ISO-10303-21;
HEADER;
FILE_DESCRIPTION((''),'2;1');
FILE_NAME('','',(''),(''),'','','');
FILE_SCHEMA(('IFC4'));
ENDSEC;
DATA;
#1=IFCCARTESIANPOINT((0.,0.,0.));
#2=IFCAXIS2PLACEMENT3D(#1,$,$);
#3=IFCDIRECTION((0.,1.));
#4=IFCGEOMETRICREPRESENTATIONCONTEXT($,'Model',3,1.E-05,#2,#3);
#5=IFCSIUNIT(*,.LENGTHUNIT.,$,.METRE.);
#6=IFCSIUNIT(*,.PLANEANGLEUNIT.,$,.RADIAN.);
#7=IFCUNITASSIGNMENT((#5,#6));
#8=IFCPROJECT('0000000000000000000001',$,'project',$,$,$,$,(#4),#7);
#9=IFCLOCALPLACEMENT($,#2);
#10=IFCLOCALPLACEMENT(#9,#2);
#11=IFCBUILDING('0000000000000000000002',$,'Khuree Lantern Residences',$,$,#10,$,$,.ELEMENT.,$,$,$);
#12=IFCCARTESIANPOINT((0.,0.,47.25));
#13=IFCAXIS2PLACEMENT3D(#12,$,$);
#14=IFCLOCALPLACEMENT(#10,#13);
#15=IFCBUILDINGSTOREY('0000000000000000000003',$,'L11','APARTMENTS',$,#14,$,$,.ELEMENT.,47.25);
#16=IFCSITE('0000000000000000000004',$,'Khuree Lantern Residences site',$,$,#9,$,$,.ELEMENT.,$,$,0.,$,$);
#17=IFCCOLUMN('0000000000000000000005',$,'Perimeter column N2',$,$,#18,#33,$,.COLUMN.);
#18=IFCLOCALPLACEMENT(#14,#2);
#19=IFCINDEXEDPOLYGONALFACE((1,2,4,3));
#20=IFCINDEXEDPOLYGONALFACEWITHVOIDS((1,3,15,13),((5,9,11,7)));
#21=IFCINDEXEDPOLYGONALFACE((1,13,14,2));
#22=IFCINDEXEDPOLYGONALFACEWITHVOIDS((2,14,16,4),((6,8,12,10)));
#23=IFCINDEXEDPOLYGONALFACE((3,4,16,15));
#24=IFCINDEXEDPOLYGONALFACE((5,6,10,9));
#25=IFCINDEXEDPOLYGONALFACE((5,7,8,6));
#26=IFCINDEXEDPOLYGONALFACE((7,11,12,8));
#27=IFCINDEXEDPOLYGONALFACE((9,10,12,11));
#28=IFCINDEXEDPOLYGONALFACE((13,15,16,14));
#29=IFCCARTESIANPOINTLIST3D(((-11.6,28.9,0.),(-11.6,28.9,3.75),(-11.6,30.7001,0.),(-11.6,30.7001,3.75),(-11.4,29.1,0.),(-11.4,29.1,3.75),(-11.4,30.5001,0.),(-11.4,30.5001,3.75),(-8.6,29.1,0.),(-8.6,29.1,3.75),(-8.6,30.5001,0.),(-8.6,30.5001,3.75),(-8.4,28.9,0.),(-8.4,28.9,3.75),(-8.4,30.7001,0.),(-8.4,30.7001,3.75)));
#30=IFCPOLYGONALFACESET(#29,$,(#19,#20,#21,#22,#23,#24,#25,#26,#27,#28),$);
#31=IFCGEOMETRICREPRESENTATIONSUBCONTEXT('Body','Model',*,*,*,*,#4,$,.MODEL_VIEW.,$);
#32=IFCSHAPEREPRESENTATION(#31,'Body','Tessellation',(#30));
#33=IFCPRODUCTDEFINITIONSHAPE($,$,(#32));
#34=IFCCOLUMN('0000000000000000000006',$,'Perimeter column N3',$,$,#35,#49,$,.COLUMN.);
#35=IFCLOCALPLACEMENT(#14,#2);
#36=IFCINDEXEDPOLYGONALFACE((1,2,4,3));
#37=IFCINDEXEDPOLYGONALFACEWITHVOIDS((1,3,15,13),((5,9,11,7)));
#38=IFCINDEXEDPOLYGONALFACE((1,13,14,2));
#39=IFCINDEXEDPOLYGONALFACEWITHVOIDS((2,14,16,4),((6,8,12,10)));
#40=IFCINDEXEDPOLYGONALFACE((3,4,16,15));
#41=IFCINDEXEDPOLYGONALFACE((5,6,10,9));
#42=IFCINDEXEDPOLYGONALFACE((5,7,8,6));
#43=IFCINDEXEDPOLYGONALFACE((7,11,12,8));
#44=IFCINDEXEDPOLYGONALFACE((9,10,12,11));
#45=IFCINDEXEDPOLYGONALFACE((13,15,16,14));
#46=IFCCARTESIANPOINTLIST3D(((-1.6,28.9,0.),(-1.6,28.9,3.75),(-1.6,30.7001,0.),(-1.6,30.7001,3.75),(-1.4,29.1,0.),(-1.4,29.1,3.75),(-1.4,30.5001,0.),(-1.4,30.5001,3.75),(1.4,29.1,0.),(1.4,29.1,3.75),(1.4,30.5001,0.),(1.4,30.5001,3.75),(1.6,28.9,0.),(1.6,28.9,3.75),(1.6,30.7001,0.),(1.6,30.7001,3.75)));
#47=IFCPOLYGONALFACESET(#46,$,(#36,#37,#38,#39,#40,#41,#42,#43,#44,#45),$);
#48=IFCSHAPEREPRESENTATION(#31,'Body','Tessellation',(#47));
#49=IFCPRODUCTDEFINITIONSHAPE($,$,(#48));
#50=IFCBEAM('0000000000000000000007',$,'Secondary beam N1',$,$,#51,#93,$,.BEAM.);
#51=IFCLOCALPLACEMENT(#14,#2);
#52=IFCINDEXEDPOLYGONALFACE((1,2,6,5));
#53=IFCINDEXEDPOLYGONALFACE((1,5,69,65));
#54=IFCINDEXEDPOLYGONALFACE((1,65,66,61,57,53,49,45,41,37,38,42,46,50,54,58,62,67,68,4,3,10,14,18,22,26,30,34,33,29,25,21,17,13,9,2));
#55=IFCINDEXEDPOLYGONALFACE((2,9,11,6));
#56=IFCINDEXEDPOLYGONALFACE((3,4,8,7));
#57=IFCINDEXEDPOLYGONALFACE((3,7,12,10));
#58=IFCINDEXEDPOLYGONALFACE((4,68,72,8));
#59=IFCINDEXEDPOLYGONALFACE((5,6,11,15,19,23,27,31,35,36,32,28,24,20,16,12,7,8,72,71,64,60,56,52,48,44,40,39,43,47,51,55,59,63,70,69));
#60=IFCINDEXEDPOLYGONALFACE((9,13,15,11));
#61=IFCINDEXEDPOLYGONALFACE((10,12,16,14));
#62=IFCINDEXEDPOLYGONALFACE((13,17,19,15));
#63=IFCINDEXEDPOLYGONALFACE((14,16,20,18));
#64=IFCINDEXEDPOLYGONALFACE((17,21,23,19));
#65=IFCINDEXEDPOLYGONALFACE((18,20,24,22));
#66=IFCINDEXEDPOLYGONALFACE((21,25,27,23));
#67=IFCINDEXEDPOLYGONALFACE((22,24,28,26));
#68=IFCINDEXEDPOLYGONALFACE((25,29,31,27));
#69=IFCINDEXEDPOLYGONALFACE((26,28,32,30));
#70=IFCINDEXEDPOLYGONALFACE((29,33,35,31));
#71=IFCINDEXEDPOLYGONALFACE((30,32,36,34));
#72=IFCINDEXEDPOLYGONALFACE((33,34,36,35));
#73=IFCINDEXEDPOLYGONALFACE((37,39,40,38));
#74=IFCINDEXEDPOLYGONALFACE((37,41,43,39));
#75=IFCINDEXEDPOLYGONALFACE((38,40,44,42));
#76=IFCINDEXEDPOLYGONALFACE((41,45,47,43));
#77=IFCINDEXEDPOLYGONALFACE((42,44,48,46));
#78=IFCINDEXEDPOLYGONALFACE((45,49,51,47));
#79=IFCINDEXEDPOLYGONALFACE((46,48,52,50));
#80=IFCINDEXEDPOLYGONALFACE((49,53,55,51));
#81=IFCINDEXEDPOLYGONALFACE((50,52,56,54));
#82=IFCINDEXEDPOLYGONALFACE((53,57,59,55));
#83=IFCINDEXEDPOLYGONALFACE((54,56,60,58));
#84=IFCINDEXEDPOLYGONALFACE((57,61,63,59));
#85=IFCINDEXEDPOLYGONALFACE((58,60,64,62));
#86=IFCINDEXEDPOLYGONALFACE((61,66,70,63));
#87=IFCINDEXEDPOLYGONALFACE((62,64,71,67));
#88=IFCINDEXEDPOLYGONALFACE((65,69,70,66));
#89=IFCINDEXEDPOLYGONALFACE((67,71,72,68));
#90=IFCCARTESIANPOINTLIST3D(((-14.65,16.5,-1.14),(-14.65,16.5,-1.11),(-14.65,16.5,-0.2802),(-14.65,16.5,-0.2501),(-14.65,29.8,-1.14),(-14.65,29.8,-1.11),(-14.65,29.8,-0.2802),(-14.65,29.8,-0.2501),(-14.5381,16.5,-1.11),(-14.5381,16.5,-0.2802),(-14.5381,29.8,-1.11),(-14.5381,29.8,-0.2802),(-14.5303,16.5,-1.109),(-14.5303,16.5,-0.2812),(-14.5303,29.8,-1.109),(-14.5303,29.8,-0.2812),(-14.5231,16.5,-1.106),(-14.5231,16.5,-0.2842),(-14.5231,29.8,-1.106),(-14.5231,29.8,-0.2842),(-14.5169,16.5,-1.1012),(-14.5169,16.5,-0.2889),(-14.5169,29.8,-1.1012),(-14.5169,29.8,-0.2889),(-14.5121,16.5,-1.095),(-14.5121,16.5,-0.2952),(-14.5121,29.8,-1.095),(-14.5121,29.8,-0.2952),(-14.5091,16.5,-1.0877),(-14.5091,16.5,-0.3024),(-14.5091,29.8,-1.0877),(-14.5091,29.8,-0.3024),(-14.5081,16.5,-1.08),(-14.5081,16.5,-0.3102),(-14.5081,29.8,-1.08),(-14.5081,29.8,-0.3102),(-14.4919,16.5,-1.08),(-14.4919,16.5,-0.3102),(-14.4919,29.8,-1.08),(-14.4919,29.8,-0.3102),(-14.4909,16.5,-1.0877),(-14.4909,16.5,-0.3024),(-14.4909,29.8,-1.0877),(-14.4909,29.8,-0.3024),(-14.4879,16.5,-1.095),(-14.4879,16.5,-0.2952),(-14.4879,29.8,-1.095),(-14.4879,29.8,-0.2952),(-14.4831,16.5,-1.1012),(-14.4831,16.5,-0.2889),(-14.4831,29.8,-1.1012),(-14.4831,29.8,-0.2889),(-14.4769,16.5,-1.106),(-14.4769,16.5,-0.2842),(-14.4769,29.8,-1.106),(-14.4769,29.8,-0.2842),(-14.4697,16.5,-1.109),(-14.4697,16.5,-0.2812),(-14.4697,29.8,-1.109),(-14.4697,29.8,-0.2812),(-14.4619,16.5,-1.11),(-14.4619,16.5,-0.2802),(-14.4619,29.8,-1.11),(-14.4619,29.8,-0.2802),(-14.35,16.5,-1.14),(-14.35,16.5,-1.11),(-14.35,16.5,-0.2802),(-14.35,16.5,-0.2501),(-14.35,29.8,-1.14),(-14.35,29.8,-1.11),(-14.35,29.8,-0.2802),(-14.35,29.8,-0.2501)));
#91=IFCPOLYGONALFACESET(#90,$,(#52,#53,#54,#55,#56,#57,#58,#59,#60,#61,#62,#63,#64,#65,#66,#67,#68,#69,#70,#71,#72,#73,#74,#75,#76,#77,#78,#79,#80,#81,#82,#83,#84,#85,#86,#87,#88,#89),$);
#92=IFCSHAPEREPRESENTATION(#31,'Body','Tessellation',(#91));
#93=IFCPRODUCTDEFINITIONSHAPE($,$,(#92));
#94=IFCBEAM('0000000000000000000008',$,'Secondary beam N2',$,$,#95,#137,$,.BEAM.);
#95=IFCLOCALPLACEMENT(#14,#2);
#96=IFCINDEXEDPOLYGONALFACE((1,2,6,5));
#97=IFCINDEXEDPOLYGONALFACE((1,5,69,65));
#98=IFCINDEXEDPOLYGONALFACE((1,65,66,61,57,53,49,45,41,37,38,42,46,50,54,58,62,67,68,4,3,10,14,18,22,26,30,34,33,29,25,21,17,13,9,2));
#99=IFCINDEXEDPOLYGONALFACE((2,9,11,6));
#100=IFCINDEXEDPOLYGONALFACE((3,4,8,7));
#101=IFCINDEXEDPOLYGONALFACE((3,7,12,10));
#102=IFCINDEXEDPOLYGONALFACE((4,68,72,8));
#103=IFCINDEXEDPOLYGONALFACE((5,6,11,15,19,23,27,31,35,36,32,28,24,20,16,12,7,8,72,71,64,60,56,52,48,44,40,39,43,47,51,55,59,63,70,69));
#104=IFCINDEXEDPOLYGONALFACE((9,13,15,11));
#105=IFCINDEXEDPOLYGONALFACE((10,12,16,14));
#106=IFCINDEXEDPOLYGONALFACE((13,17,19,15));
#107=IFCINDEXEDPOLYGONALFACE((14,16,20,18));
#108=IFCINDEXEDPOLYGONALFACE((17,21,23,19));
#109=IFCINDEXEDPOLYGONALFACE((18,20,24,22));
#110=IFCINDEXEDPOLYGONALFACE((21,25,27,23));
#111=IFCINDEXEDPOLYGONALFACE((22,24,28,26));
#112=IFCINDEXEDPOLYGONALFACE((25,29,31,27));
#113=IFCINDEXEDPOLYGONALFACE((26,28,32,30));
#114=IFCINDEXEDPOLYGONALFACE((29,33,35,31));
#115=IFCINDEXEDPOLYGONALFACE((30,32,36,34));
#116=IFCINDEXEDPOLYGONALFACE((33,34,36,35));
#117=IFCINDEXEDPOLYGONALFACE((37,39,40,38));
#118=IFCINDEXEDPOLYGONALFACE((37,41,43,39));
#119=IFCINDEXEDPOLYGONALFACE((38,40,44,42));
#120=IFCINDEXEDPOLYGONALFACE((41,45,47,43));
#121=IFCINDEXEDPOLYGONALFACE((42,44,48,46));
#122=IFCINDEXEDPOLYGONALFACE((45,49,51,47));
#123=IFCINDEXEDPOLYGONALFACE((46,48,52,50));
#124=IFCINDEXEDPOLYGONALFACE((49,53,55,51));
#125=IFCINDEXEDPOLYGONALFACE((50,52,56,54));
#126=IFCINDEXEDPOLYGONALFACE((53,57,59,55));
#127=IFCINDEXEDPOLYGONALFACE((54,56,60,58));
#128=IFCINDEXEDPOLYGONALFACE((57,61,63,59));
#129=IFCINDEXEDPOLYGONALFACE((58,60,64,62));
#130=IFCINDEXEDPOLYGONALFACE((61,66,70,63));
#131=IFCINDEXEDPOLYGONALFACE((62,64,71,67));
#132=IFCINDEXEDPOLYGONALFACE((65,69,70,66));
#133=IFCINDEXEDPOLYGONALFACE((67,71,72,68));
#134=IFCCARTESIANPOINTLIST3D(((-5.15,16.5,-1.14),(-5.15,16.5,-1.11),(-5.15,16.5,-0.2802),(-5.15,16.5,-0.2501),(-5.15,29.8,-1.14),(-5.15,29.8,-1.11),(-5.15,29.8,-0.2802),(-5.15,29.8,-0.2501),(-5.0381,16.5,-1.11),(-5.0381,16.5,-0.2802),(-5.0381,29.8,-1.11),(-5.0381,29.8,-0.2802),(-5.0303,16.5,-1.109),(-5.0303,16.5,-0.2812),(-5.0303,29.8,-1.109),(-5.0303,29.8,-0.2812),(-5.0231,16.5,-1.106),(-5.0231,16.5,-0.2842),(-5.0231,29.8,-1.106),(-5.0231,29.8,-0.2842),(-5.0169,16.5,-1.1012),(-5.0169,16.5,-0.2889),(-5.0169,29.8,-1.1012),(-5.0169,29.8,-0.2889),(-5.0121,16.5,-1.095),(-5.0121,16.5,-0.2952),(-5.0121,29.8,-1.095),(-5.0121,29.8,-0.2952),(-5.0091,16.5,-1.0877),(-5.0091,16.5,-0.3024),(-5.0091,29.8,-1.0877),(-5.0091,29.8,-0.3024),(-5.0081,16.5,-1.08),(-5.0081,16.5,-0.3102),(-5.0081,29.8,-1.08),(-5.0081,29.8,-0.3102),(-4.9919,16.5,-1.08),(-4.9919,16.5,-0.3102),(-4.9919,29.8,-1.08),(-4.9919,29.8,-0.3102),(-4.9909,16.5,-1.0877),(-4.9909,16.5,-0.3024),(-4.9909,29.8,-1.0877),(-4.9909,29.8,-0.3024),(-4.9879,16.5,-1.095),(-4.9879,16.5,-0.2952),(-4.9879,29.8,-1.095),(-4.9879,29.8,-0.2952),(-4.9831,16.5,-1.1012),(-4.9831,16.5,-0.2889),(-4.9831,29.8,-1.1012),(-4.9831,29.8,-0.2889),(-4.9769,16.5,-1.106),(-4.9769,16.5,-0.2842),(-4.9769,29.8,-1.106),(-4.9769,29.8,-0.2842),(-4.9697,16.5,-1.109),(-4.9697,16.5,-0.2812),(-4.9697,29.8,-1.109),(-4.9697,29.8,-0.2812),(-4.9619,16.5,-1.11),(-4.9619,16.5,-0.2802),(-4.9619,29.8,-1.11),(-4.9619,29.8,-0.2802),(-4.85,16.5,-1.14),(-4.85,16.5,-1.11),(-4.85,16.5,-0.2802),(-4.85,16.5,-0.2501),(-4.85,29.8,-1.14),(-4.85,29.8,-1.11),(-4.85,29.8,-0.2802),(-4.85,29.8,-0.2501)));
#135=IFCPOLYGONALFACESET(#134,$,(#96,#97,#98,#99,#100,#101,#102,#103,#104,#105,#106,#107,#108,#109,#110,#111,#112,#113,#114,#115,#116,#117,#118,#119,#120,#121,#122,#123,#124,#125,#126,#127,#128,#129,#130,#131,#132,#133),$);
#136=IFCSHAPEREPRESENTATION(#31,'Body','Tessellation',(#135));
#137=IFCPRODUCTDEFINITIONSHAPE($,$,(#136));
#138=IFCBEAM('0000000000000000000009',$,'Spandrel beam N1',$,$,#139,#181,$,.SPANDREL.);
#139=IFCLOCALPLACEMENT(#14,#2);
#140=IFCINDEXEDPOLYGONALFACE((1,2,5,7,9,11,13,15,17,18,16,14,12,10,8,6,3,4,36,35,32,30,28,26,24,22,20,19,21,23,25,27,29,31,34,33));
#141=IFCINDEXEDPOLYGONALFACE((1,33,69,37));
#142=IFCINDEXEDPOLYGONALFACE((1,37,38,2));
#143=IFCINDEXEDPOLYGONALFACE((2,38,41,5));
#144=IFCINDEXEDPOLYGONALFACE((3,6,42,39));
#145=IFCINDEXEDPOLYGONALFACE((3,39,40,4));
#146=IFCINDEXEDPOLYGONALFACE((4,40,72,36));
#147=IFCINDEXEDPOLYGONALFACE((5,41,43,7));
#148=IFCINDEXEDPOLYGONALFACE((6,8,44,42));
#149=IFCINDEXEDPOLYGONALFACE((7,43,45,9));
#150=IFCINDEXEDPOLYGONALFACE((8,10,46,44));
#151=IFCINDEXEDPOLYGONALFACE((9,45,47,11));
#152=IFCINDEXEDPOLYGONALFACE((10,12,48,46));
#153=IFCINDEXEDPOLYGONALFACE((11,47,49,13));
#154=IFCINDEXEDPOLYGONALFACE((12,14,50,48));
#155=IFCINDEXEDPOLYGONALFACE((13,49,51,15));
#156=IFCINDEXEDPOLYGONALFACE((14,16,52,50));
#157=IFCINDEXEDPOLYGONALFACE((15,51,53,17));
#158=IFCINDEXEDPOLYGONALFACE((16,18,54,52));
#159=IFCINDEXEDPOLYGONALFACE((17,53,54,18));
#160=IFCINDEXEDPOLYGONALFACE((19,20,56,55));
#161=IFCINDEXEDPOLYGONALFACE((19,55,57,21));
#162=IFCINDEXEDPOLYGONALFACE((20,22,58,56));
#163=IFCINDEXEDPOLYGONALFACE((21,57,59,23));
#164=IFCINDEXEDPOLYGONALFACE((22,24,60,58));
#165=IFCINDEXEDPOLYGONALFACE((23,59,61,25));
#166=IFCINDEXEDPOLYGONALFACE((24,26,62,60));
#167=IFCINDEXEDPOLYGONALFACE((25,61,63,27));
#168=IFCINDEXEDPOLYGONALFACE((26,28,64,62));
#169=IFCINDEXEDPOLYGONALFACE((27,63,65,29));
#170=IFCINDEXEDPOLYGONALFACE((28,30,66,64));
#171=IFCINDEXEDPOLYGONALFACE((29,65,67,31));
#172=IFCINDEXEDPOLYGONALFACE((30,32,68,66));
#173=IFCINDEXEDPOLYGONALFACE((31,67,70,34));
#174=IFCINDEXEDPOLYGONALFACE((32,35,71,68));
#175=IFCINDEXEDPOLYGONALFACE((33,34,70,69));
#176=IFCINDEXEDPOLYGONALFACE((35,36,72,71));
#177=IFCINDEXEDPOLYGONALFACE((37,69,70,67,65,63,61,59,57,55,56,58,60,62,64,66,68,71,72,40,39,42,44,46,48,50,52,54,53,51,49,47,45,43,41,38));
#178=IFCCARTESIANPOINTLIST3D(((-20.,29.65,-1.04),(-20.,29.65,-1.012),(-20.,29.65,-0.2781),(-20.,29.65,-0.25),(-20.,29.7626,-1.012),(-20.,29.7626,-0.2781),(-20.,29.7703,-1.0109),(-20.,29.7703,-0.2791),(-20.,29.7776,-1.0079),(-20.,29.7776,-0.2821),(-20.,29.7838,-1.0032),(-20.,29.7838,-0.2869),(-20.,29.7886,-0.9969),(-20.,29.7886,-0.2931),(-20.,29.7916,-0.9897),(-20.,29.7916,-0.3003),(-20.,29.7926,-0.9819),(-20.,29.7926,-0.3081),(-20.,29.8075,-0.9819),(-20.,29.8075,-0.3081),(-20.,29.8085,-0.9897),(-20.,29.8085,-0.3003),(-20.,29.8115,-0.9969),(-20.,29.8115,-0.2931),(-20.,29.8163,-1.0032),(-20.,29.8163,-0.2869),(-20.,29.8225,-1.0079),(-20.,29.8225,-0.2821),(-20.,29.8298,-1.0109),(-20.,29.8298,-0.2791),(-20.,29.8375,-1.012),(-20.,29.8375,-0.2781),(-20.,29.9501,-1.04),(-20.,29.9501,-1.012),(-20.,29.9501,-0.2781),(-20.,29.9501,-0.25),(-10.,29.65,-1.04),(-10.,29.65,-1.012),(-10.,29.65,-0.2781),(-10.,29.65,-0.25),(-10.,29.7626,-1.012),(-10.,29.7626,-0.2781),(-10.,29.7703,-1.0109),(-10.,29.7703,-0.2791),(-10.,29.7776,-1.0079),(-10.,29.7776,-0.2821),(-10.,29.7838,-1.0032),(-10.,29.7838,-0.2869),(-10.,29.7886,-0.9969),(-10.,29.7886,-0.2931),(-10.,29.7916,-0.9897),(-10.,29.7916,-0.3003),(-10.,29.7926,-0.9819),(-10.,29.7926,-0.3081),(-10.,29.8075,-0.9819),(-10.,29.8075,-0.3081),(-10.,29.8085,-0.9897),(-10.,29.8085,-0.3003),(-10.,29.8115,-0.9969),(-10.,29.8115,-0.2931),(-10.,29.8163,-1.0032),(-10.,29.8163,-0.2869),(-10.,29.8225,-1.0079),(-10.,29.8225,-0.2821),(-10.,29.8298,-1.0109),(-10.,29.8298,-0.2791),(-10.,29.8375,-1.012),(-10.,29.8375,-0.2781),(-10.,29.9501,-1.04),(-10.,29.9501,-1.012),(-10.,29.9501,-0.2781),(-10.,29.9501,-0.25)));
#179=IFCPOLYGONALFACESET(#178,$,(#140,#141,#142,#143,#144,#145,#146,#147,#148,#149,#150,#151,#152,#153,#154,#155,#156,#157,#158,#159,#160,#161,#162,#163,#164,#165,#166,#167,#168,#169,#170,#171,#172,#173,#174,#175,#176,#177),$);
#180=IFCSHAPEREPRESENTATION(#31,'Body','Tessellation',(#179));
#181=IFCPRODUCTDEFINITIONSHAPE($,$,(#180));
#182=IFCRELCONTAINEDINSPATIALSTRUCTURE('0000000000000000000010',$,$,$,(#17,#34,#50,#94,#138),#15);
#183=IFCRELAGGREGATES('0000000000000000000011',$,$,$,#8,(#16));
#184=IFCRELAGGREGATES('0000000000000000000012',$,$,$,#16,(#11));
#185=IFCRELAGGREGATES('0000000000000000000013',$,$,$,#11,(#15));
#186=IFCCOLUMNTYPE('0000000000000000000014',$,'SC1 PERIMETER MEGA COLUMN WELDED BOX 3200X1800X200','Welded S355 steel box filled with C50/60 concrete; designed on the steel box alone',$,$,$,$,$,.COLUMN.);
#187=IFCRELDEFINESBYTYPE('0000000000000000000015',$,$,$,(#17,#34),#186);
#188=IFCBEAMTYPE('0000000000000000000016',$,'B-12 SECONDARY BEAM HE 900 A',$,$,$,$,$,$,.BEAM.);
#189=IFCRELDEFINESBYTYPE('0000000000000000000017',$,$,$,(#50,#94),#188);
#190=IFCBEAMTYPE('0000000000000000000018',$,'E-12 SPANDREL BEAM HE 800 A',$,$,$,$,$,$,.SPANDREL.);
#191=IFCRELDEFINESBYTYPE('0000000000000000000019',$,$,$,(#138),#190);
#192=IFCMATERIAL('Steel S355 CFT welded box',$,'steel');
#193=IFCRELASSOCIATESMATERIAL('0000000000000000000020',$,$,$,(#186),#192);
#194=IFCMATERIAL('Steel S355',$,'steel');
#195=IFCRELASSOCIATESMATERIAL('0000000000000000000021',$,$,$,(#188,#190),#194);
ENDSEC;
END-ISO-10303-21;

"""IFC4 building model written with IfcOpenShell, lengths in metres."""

from ifc_helpers import new_model, si_unit, direction, frame, origin, origin_2d, place, context, subcontext, project, spatial, hollow_rectangle, i_section, extrude, material, material_profile, profile_set, type_object, element, save


model = new_model("IFC4")

# Units and contexts
model_context = context("Model", 3, precision=1e-05, world=origin(), true_north=direction((0.0, 1.0)))
body_context = subcontext(model_context, "Body", "Model", "MODEL_VIEW")
ifc_project = project(units=[si_unit("LENGTHUNIT", "METRE"), si_unit("PLANEANGLEUNIT", "RADIAN")], contexts=[model_context])

# Site, building, storey
site_placement = place(None, origin())
site = spatial("IfcSite", under=ifc_project, at=site_placement, Name="Khuree Lantern Residences site", CompositionType="ELEMENT", RefElevation=0.0)
building_placement = place(site_placement, origin())
building = spatial("IfcBuilding", under=site, at=building_placement, Name="Khuree Lantern Residences", CompositionType="ELEMENT")
storey_placement = place(building_placement, frame((0.0, 0.0, 47.25)))
storey = spatial("IfcBuildingStorey", under=building, at=storey_placement, Name="L11", Description="APARTMENTS", CompositionType="ELEMENT", Elevation=47.25)

# Columns
ifc_material_1 = material(Name="Steel S355 CFT welded box", Category="steel")
ifc_material_profile_1 = material_profile(ifc_material_1, hollow_rectangle(XDim=3.2, YDim=1.8, WallThickness=0.2, at=origin_2d()), Name="WELDED BOX 3200X1800X200")
ifc_profile_set_1 = profile_set([ifc_material_profile_1], Name="Steel S355 CFT welded box")
column_type = type_object("IfcColumnType", Name="SC1 PERIMETER MEGA COLUMN WELDED BOX 3200X1800X200", Description="Welded S355 steel box filled with C50/60 concrete; designed on the steel box alone", PredefinedType="COLUMN", material=ifc_profile_set_1)
for number, where, z_axis, x_axis, name in (
    (1, (-10.0, 29.8, 0.0), (0.0, 0.0, 1.0), (1.0, 0.0, 0.0), "Perimeter column N2"),
    (2, (0.0, 29.8, 0.0), (0.0, 0.0, 1.0), (1.0, 0.0, 0.0), "Perimeter column N3"),
):
    element("IfcColumn", number, at=place(storey_placement, frame(where, z_axis=z_axis, x_axis=x_axis)), inside=storey, type_object=column_type, Name=name, PredefinedType="COLUMN", context=body_context, shape_type="SweptSolid", body=[
        extrude(hollow_rectangle(XDim=3.2, YDim=1.8, WallThickness=0.2, at=origin_2d()), origin(), (0.0, 0.0, 1.0), 3.75),
    ])

# Beams
ifc_material_2 = material(Name="Steel S355", Category="steel")
ifc_material_profile_2 = material_profile(ifc_material_2, i_section(OverallWidth=0.3, OverallDepth=0.8899, WebThickness=0.0161, FlangeThickness=0.03, FilletRadius=0.03, at=origin_2d()), Name="HE 900 A")
ifc_profile_set_2 = profile_set([ifc_material_profile_2], Name="Steel S355")
beam_type_1 = type_object("IfcBeamType", Name="B-12 SECONDARY BEAM HE 900 A", PredefinedType="BEAM", material=ifc_profile_set_2)
for number, where, z_axis, x_axis, name in (
    (3, (-14.5, 29.8, -0.6951), (0.0, -1.0, 0.0), (1.0, 0.0, 0.0), "Secondary beam N1"),
    (4, (-5.0, 29.8, -0.6951), (0.0, -1.0, 0.0), (1.0, 0.0, 0.0), "Secondary beam N2"),
):
    element("IfcBeam", number, at=place(storey_placement, frame(where, z_axis=z_axis, x_axis=x_axis)), inside=storey, type_object=beam_type_1, Name=name, PredefinedType="BEAM", context=body_context, shape_type="SweptSolid", body=[
        extrude(i_section(OverallWidth=0.3, OverallDepth=0.8899, WebThickness=0.0161, FlangeThickness=0.03, FilletRadius=0.03, at=origin_2d()), origin(), (0.0, 0.0, 1.0), 13.3),
    ])
ifc_material_profile_3 = material_profile(ifc_material_2, i_section(OverallWidth=0.3, OverallDepth=0.79, WebThickness=0.0149, FlangeThickness=0.0281, FilletRadius=0.03, at=origin_2d()), Name="HE 800 A")
ifc_profile_set_3 = profile_set([ifc_material_profile_3], Name="Steel S355")
beam_type_2 = type_object("IfcBeamType", Name="E-12 SPANDREL BEAM HE 800 A", PredefinedType="SPANDREL", material=ifc_profile_set_3)
for number, where, z_axis, x_axis, name in (
    (5, (-20.0, 29.8, -0.645), (1.0, 0.0, 0.0), (0.0, 1.0, 0.0), "Spandrel beam N1"),
):
    element("IfcBeam", number, at=place(storey_placement, frame(where, z_axis=z_axis, x_axis=x_axis)), inside=storey, type_object=beam_type_2, Name=name, PredefinedType="SPANDREL", context=body_context, shape_type="SweptSolid", body=[
        extrude(i_section(OverallWidth=0.3, OverallDepth=0.79, WebThickness=0.0149, FlangeThickness=0.0281, FilletRadius=0.03, at=origin_2d()), origin(), (0.0, 0.0, 1.0), 10.0),
    ])

save(model, "model.ifc")
